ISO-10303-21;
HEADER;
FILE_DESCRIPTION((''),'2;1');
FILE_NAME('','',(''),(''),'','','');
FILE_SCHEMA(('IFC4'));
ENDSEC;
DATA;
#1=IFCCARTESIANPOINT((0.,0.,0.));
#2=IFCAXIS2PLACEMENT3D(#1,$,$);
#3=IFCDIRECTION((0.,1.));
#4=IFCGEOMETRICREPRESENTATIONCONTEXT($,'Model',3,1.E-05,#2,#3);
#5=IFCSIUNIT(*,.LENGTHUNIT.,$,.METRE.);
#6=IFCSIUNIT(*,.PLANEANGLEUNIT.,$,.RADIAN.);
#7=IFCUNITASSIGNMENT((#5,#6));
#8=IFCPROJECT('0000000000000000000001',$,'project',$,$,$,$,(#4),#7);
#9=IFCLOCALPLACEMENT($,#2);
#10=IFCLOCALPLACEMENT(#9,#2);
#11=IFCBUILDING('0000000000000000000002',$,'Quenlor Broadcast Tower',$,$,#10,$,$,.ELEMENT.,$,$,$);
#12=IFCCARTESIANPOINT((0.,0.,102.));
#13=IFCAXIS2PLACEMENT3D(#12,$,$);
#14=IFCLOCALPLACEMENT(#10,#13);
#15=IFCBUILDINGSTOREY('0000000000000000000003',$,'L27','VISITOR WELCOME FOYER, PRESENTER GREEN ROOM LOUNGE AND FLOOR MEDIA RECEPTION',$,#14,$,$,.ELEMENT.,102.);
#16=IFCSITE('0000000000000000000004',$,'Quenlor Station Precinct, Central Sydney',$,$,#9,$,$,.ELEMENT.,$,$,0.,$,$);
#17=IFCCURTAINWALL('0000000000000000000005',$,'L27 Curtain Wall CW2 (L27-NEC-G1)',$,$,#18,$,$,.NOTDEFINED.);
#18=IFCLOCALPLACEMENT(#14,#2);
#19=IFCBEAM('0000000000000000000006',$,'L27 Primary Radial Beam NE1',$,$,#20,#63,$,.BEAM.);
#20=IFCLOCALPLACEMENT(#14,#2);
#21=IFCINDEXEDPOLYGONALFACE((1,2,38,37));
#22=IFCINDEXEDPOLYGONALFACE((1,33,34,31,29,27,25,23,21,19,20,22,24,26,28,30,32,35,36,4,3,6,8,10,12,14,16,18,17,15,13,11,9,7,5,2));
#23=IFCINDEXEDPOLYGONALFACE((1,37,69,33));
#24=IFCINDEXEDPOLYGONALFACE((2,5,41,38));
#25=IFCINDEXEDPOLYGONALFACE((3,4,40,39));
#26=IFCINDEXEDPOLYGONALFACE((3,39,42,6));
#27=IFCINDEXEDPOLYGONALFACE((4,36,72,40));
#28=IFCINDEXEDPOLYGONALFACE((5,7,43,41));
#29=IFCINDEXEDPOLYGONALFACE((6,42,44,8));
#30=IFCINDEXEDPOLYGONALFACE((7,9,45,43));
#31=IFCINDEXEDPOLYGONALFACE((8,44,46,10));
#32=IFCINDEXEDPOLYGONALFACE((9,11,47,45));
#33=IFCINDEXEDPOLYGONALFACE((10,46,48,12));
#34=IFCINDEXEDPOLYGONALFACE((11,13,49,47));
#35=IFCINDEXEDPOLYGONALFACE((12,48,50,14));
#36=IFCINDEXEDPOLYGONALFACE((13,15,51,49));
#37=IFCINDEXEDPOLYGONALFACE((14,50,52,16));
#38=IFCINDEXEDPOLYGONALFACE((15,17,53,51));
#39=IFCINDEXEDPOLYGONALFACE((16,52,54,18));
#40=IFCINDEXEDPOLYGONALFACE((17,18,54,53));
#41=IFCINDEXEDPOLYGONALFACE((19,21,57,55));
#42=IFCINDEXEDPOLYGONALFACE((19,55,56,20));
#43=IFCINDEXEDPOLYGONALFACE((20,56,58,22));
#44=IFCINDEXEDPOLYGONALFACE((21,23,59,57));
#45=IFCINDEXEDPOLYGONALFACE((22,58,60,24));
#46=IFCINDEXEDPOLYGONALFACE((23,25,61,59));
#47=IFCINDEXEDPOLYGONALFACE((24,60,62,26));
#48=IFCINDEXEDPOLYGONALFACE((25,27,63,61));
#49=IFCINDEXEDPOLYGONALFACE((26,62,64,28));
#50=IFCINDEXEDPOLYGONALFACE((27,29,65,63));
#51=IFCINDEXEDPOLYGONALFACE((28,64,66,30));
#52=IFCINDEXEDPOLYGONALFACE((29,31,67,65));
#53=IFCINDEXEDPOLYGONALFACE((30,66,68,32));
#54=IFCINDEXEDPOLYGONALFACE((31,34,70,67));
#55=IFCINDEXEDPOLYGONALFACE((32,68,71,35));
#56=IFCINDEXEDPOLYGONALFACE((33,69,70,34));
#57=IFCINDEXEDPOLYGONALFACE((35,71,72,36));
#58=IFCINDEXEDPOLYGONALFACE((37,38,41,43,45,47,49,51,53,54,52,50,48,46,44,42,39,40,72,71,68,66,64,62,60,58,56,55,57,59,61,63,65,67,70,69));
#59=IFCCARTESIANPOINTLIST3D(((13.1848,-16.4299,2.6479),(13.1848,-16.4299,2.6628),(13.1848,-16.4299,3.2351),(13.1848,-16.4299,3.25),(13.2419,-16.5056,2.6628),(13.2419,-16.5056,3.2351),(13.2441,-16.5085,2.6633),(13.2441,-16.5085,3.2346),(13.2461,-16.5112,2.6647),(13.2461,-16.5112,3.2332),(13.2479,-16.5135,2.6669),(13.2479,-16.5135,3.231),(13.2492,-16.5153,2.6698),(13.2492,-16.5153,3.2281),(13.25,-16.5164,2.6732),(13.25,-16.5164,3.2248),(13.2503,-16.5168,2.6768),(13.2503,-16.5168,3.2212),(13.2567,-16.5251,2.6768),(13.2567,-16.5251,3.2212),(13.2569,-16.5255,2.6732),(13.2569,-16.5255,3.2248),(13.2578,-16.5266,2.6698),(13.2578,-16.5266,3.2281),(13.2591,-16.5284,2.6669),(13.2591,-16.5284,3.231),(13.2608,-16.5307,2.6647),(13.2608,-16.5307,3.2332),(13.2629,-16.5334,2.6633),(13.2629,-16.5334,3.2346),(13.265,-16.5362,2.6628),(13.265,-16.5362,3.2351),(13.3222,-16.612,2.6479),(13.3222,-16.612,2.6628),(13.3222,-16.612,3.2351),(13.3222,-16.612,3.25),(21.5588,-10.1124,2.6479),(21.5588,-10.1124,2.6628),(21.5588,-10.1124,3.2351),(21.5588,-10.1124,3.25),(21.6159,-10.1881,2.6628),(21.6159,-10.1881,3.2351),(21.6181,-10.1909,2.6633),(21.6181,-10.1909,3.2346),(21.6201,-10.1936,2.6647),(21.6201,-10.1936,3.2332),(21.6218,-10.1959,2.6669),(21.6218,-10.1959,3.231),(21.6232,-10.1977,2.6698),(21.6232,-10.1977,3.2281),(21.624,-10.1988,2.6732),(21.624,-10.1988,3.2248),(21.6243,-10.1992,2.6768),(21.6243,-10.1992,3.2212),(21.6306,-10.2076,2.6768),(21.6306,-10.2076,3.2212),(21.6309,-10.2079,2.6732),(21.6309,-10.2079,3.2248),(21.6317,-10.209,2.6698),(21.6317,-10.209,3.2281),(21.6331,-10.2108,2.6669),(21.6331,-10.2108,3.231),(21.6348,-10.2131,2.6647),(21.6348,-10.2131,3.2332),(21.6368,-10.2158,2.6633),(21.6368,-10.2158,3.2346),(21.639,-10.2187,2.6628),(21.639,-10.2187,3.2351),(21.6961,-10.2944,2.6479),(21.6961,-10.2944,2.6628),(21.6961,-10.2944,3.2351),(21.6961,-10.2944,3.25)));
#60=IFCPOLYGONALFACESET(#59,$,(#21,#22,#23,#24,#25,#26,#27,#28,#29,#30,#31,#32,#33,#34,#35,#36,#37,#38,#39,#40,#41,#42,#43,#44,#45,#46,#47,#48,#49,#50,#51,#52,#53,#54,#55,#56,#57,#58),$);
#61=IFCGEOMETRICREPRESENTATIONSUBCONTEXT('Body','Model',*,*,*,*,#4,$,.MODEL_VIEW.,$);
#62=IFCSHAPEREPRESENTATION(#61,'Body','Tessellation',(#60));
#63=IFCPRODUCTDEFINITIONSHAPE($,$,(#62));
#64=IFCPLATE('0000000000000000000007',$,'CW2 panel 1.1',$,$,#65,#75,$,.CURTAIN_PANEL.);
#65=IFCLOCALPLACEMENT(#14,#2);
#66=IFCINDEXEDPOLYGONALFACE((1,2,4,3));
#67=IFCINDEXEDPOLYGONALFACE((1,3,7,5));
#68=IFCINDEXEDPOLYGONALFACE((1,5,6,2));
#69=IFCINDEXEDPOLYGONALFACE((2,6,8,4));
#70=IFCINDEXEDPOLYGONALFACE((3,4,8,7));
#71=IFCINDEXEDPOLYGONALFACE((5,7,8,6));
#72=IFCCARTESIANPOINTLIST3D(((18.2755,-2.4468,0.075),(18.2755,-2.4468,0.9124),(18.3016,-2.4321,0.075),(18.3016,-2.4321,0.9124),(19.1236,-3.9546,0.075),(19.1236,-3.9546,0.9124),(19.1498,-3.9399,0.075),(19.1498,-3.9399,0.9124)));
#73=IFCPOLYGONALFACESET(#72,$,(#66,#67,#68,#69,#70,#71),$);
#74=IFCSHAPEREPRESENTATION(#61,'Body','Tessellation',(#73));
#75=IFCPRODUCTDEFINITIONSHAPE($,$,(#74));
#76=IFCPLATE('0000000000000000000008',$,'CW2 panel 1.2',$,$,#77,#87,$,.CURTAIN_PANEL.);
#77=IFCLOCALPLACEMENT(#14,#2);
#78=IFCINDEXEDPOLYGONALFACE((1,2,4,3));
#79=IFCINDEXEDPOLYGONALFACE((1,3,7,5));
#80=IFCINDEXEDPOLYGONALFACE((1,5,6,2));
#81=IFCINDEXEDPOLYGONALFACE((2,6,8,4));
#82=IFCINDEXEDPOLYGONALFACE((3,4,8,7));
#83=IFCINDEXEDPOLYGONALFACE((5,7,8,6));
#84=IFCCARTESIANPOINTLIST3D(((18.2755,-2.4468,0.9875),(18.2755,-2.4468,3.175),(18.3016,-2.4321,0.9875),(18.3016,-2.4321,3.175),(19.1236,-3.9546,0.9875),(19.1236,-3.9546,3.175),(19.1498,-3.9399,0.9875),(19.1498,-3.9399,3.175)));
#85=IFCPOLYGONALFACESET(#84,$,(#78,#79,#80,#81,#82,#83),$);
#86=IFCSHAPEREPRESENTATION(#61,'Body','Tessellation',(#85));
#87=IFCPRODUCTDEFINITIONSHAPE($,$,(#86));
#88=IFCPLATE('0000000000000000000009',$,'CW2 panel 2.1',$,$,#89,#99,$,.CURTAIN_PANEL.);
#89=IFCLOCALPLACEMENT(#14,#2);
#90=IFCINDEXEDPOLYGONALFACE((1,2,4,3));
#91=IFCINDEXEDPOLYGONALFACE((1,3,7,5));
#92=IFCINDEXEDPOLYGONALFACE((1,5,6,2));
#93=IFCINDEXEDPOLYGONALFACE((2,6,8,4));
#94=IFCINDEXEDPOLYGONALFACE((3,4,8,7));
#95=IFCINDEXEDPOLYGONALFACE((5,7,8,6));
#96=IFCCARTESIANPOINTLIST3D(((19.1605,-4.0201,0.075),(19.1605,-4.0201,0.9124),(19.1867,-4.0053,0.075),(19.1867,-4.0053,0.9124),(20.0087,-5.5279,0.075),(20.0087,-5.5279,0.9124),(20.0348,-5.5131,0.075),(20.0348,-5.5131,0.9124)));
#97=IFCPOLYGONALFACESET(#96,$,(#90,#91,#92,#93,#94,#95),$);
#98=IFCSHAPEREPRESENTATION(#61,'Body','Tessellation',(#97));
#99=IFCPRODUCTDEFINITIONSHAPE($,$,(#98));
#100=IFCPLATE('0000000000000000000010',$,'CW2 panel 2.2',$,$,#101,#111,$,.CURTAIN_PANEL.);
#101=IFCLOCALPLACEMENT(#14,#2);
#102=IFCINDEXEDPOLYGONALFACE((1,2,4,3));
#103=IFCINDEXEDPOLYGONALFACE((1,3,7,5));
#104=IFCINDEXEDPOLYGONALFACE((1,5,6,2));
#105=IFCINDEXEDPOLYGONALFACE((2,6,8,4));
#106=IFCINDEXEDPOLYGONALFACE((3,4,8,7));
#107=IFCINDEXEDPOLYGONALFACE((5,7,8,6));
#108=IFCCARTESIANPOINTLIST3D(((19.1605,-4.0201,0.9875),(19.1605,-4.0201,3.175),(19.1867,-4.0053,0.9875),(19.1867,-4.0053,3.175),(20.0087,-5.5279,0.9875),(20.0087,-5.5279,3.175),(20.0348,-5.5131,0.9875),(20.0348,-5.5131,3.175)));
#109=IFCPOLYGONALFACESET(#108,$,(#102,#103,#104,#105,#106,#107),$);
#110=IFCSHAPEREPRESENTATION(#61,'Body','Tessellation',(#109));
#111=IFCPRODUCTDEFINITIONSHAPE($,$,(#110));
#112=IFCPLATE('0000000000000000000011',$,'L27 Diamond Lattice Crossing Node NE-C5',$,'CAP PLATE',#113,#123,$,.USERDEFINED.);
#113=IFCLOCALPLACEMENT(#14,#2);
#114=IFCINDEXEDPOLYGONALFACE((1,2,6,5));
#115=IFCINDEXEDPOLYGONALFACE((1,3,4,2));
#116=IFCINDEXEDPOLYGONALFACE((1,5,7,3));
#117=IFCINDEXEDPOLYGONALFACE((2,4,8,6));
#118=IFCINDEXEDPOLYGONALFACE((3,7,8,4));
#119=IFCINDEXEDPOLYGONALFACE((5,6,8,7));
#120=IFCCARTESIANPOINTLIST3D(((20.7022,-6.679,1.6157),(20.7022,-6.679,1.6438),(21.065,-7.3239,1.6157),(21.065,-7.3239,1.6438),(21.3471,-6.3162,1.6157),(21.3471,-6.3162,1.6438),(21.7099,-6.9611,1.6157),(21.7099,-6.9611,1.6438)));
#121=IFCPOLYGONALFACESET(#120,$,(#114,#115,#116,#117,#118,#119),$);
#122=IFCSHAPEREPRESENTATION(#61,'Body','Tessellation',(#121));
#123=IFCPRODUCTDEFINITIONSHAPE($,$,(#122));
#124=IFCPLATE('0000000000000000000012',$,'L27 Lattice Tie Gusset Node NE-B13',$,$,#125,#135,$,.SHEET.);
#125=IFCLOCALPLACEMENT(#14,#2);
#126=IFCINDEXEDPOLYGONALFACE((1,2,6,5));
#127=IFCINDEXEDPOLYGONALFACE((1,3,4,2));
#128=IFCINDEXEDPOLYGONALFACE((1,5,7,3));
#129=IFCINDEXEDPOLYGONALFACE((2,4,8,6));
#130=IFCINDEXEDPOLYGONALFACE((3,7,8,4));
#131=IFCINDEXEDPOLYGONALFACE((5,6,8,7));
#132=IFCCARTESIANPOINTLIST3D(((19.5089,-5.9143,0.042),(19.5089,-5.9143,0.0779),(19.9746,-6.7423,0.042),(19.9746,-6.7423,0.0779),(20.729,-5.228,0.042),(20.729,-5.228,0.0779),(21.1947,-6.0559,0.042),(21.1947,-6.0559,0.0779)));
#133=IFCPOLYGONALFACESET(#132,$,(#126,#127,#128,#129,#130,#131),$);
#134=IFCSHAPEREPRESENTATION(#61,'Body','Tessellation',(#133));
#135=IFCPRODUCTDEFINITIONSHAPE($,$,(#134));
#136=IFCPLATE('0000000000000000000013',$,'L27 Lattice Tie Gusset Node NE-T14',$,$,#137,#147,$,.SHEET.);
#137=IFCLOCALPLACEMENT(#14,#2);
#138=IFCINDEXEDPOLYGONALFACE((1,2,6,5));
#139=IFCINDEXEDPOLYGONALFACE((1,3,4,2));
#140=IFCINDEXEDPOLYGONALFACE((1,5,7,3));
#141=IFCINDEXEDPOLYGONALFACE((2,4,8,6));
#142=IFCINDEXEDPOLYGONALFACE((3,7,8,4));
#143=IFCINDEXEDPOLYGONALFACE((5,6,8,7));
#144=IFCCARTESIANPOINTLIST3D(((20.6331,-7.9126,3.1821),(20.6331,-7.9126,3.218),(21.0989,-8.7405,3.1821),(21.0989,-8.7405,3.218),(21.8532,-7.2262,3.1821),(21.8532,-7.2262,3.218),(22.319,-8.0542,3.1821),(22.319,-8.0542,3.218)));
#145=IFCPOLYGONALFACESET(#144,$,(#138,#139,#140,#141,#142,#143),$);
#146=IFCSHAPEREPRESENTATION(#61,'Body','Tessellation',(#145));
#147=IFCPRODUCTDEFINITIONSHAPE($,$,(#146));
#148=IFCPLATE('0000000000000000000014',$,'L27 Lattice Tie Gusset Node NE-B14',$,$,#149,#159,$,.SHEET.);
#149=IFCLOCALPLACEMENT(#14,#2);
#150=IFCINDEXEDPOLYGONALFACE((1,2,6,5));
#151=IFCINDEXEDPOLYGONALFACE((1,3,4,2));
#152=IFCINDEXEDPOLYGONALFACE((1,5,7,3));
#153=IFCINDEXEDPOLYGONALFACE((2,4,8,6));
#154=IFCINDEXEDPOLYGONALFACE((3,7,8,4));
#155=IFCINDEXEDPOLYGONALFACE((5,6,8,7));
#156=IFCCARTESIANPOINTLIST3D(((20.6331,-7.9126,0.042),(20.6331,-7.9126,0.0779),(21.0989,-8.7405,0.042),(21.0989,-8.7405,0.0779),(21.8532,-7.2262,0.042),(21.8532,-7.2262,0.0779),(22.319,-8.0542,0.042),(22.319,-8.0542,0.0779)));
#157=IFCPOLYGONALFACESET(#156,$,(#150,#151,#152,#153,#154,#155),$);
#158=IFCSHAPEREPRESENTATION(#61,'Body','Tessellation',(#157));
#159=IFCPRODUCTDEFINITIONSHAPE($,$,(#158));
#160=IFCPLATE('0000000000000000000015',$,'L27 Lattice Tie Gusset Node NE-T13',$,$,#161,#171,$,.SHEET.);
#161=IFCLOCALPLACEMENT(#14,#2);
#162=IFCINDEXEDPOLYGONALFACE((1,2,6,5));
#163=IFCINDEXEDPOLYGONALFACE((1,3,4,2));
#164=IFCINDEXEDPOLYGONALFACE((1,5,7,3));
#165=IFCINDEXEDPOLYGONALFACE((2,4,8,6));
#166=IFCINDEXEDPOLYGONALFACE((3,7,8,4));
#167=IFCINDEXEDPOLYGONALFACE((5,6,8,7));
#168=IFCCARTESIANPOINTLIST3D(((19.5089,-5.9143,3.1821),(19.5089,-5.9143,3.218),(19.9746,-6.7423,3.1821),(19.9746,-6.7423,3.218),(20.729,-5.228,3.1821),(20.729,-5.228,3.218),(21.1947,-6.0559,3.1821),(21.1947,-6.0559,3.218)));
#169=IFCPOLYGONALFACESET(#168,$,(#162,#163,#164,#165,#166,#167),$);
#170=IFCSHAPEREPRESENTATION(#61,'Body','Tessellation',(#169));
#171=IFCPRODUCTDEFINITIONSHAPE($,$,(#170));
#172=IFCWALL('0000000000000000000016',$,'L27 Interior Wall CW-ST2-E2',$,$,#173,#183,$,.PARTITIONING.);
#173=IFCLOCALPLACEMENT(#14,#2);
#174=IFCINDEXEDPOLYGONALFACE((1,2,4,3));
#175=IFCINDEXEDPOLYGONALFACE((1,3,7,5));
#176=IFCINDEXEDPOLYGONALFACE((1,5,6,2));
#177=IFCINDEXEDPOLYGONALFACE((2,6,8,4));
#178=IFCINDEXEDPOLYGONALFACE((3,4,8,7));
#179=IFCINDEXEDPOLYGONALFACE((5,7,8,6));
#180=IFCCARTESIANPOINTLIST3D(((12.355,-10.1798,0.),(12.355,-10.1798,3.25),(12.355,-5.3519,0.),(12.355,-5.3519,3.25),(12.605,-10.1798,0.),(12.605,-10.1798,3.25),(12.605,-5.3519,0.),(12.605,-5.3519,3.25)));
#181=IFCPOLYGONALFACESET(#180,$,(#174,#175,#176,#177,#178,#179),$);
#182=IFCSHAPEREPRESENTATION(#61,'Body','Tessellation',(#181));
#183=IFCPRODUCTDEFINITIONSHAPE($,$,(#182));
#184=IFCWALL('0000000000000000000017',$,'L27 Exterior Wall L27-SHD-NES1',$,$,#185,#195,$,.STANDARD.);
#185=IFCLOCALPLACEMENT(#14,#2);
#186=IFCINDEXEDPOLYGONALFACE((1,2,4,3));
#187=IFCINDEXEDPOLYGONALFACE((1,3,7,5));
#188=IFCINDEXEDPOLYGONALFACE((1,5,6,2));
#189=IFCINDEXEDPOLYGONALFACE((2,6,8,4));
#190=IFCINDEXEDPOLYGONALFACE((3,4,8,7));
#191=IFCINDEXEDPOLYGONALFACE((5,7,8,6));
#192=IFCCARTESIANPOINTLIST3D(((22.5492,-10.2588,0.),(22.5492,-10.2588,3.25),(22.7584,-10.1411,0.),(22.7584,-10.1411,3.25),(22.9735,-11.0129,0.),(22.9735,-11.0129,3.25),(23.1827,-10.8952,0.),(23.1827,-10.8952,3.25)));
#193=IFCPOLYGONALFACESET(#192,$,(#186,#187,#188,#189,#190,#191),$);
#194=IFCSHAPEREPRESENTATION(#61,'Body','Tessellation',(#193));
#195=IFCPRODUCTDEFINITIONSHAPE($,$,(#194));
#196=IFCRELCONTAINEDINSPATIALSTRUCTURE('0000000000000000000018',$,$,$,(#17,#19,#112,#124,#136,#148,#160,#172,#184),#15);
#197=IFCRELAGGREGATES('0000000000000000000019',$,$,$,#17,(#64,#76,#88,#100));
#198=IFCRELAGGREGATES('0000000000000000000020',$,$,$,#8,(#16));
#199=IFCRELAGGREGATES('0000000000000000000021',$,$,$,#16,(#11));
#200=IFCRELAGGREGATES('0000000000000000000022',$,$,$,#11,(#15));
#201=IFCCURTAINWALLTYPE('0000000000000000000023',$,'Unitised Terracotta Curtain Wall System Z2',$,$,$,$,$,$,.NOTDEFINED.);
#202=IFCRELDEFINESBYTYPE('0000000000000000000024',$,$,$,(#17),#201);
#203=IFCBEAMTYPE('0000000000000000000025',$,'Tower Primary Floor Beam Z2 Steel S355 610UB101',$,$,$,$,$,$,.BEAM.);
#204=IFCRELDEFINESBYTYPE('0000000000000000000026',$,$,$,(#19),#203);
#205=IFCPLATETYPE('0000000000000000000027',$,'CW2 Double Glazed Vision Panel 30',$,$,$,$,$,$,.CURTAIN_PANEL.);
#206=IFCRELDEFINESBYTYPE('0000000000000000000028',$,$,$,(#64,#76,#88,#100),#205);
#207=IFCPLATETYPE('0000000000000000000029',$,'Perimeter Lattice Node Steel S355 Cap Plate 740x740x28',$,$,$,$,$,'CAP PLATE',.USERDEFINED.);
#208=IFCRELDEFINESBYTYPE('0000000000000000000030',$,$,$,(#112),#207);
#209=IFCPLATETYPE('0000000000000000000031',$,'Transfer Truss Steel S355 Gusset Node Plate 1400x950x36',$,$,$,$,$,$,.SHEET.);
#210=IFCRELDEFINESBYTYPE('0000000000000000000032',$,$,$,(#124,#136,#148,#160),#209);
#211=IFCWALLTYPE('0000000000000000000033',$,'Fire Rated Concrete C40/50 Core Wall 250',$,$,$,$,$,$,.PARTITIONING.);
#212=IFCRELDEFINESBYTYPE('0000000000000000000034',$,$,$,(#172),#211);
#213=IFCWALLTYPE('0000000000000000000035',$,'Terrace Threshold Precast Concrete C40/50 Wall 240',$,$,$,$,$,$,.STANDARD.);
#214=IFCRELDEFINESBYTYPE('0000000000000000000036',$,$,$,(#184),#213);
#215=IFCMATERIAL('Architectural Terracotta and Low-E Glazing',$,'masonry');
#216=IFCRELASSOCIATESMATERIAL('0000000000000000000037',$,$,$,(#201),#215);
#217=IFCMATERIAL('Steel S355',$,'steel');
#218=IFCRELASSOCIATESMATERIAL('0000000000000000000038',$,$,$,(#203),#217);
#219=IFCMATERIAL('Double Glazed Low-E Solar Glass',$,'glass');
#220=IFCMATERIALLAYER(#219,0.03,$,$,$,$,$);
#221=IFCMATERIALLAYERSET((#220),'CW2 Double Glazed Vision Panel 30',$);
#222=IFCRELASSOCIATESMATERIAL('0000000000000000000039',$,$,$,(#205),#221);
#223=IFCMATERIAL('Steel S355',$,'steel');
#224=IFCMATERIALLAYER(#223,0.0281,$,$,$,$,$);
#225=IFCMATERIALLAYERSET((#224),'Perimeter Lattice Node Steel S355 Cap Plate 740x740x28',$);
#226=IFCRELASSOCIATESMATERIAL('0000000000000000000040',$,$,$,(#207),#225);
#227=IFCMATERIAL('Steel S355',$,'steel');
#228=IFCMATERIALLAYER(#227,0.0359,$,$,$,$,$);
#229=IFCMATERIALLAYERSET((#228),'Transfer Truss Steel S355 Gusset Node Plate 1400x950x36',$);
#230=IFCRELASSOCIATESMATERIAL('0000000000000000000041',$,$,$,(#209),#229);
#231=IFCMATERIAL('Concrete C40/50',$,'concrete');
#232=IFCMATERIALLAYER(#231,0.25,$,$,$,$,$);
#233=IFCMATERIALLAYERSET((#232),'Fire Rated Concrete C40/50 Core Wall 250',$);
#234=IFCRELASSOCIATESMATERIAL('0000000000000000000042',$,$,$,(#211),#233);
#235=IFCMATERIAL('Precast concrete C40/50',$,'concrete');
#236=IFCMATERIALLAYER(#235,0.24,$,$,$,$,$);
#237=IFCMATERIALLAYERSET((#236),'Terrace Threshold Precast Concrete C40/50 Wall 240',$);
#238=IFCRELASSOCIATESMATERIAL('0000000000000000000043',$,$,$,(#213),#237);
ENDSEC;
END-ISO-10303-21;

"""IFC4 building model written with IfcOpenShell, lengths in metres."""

from ifc_helpers import new_model, si_unit, direction, frame, frame_2d, origin, origin_2d, place, context, subcontext, project, spatial, rectangle, i_section, extrude, material, layer, layer_set, material_profile, profile_set, type_object, element, aggregate, save


model = new_model("IFC4")

# Units and contexts
model_context = context("Model", 3, precision=1e-05, world=origin(), true_north=direction((0.0, 1.0)))
body_context = subcontext(model_context, "Body", "Model", "MODEL_VIEW")
ifc_project = project(units=[si_unit("LENGTHUNIT", "METRE"), si_unit("PLANEANGLEUNIT", "RADIAN")], contexts=[model_context])

# Site, building, storey
site_placement = place(None, origin())
site = spatial("IfcSite", under=ifc_project, at=site_placement, Name="Quenlor Station Precinct, Central Sydney", CompositionType="ELEMENT", RefElevation=0.0)
building_placement = place(site_placement, origin())
building = spatial("IfcBuilding", under=site, at=building_placement, Name="Quenlor Broadcast Tower", CompositionType="ELEMENT")
storey_placement = place(building_placement, frame((0.0, 0.0, 102.0)))
storey = spatial("IfcBuildingStorey", under=building, at=storey_placement, Name="L27", Description="VISITOR WELCOME FOYER, PRESENTER GREEN ROOM LOUNGE AND FLOOR MEDIA RECEPTION", CompositionType="ELEMENT", Elevation=102.0)

# Curtain wall
ifc_material_1 = material(Name="Architectural Terracotta and Low-E Glazing", Category="masonry")
curtain_wall_type = type_object("IfcCurtainWallType", Name="Unitised Terracotta Curtain Wall System Z2", PredefinedType="NOTDEFINED", material=ifc_material_1)
curtain_wall_placement = place(storey_placement, origin())
curtain_wall = element("IfcCurtainWall", 1, at=curtain_wall_placement, inside=storey, type_object=curtain_wall_type, Name="L27 Curtain Wall CW2 (L27-NEC-G1)", PredefinedType="NOTDEFINED")

# Beam
ifc_material_2 = material(Name="Steel S355", Category="steel")
ifc_material_profile_1 = material_profile(ifc_material_2, i_section(OverallWidth=0.228, OverallDepth=0.6021, WebThickness=0.0105, FlangeThickness=0.0149, FilletRadius=0.0139, at=origin_2d()))
ifc_profile_set_1 = profile_set([ifc_material_profile_1], Name="Steel S355 610UB101")
beam_type_1 = type_object("IfcBeamType", Name="Tower Primary Floor Beam Z2 Steel S355 610UB101", PredefinedType="BEAM", material=ifc_profile_set_1)
beam_1_placement = place(storey_placement, frame((21.6274, -10.2034, 2.949), z_axis=(-0.798299, -0.602262, 0.0), x_axis=(0.602262, -0.798299, 0.0)))
element("IfcBeam", 2, at=beam_1_placement, inside=storey, type_object=beam_type_1, Name="L27 Primary Radial Beam NE1", PredefinedType="BEAM", context=body_context, shape_type="SweptSolid", body=[
    extrude(i_section(OverallWidth=0.228, OverallDepth=0.6021, WebThickness=0.0105, FlangeThickness=0.0149, FilletRadius=0.0139, at=origin_2d()), origin(), (0.0, 0.0, 1.0), 10.4897),
])

# Plates
ifc_material_3 = material(Name="Double Glazed Low-E Solar Glass", Category="glass")
ifc_layer_1 = layer(ifc_material_3, 0.03)
ifc_layer_set_1 = layer_set([ifc_layer_1], Name="CW2 Double Glazed Vision Panel 30")
plate_type_1 = type_object("IfcPlateType", Name="CW2 Double Glazed Vision Panel 30", PredefinedType="CURTAIN_PANEL", material=ifc_layer_set_1)
plate_1_placement = place(storey_placement, frame((18.7126, -3.1934, 0.075), z_axis=(0.0, 0.0, 1.0), x_axis=(0.490277, -0.871567, 0.0)))
plate_1 = element("IfcPlate", 3, at=plate_1_placement, type_object=plate_type_1, Name="CW2 panel 1.1", PredefinedType="CURTAIN_PANEL", context=body_context, shape_type="SweptSolid", body=[
    extrude(rectangle(XDim=1.73, YDim=0.03, at=origin_2d()), origin(), (0.0, 0.0, 1.0), 0.8374),
])
plate_2_placement = place(storey_placement, frame((18.7126, -3.1934, 0.9875), z_axis=(0.0, 0.0, 1.0), x_axis=(0.490277, -0.871567, 0.0)))
plate_2 = element("IfcPlate", 4, at=plate_2_placement, type_object=plate_type_1, Name="CW2 panel 1.2", PredefinedType="CURTAIN_PANEL", context=body_context, shape_type="SweptSolid", body=[
    extrude(rectangle(XDim=1.73, YDim=0.03, at=origin_2d()), origin(), (0.0, 0.0, 1.0), 2.1875),
])
plate_3_placement = place(storey_placement, frame((19.5977, -4.7666, 0.075), z_axis=(0.0, 0.0, 1.0), x_axis=(0.490277, -0.871567, 0.0)))
plate_3 = element("IfcPlate", 5, at=plate_3_placement, type_object=plate_type_1, Name="CW2 panel 2.1", PredefinedType="CURTAIN_PANEL", context=body_context, shape_type="SweptSolid", body=[
    extrude(rectangle(XDim=1.73, YDim=0.03, at=origin_2d()), origin(), (0.0, 0.0, 1.0), 0.8374),
])
plate_4_placement = place(storey_placement, frame((19.5977, -4.7666, 0.9875), z_axis=(0.0, 0.0, 1.0), x_axis=(0.490277, -0.871567, 0.0)))
plate_4 = element("IfcPlate", 6, at=plate_4_placement, type_object=plate_type_1, Name="CW2 panel 2.2", PredefinedType="CURTAIN_PANEL", context=body_context, shape_type="SweptSolid", body=[
    extrude(rectangle(XDim=1.73, YDim=0.03, at=origin_2d()), origin(), (0.0, 0.0, 1.0), 2.1875),
])
aggregate(curtain_wall, [plate_1, plate_2, plate_3, plate_4])

# Plates
ifc_material_4 = material(Name="Steel S355", Category="steel")
ifc_layer_2 = layer(ifc_material_4, 0.0281)
ifc_layer_set_2 = layer_set([ifc_layer_2], Name="Perimeter Lattice Node Steel S355 Cap Plate 740x740x28")
plate_type_2 = type_object("IfcPlateType", Name="Perimeter Lattice Node Steel S355 Cap Plate 740x740x28", ElementType="CAP PLATE", PredefinedType="USERDEFINED", material=ifc_layer_set_2)
plate_5_placement = place(storey_placement, frame((21.2061, -6.8201, 1.6157), z_axis=(0.0, 0.0, 1.0), x_axis=(0.490295, -0.871556, 0.0)))
element("IfcPlate", 7, at=plate_5_placement, inside=storey, type_object=plate_type_2, Name="L27 Diamond Lattice Crossing Node NE-C5", ObjectType="CAP PLATE", PredefinedType="USERDEFINED", context=body_context, shape_type="SweptSolid", body=[
    extrude(rectangle(XDim=0.74, YDim=0.74, at=origin_2d()), origin(), (0.0, 0.0, 1.0), 0.0281),
])
ifc_material_5 = material(Name="Steel S355", Category="steel")
ifc_layer_3 = layer(ifc_material_5, 0.0359)
ifc_layer_set_3 = layer_set([ifc_layer_3], Name="Transfer Truss Steel S355 Gusset Node Plate 1400x950x36")
plate_type_3 = type_object("IfcPlateType", Name="Transfer Truss Steel S355 Gusset Node Plate 1400x950x36", PredefinedType="SHEET", material=ifc_layer_set_3)
for number, where, z_axis, x_axis, name in (
    (8, (20.3518, -5.9851, 0.042), (0.0, 0.0, 1.0), (0.871556, 0.490295, 0.0), "L27 Lattice Tie Gusset Node NE-B13"),
    (9, (21.4761, -7.9834, 3.1821), (0.0, 0.0, 1.0), (0.871556, 0.490295, 0.0), "L27 Lattice Tie Gusset Node NE-T14"),
    (10, (21.4761, -7.9834, 0.042), (0.0, 0.0, 1.0), (0.871556, 0.490295, 0.0), "L27 Lattice Tie Gusset Node NE-B14"),
    (11, (20.3518, -5.9851, 3.1821), (0.0, 0.0, 1.0), (0.871556, 0.490295, 0.0), "L27 Lattice Tie Gusset Node NE-T13"),
):
    element("IfcPlate", number, at=place(storey_placement, frame(where, z_axis=z_axis, x_axis=x_axis)), inside=storey, type_object=plate_type_3, Name=name, PredefinedType="SHEET", context=body_context, shape_type="SweptSolid", body=[
        extrude(rectangle(XDim=1.3999, YDim=0.95, at=origin_2d()), origin(), (0.0, 0.0, 1.0), 0.0359),
    ])

# Wall
ifc_material_6 = material(Name="Concrete C40/50", Category="concrete")
ifc_layer_4 = layer(ifc_material_6, 0.25)
ifc_layer_set_4 = layer_set([ifc_layer_4], Name="Fire Rated Concrete C40/50 Core Wall 250")
wall_type_1 = type_object("IfcWallType", Name="Fire Rated Concrete C40/50 Core Wall 250", PredefinedType="PARTITIONING", material=ifc_layer_set_4)
wall_1_placement = place(storey_placement, frame((12.48, -10.1799, 0.0), z_axis=(0.0, 0.0, 1.0), x_axis=(0.0, 1.0, 0.0)))
element("IfcWall", 12, at=wall_1_placement, inside=storey, type_object=wall_type_1, Name="L27 Interior Wall CW-ST2-E2", PredefinedType="PARTITIONING", context=body_context, shape_type="SweptSolid", body=[
    extrude(rectangle(XDim=4.8279, YDim=0.25, at=frame_2d((2.4141, 0.0))), origin(), (0.0, 0.0, 1.0), 3.25),
])

# Wall
ifc_material_7 = material(Name="Precast concrete C40/50", Category="concrete")
ifc_layer_5 = layer(ifc_material_7, 0.24)
ifc_layer_set_5 = layer_set([ifc_layer_5], Name="Terrace Threshold Precast Concrete C40/50 Wall 240")
wall_type_2 = type_object("IfcWallType", Name="Terrace Threshold Precast Concrete C40/50 Wall 240", PredefinedType="STANDARD", material=ifc_layer_set_5)
wall_2_placement = place(storey_placement, frame((22.6538, -10.2, 0.0), z_axis=(0.0, 0.0, 1.0), x_axis=(0.490355, -0.871523, 0.0)))
element("IfcWall", 13, at=wall_2_placement, inside=storey, type_object=wall_type_2, Name="L27 Exterior Wall L27-SHD-NES1", PredefinedType="STANDARD", context=body_context, shape_type="SweptSolid", body=[
    extrude(rectangle(XDim=0.8652, YDim=0.24, at=frame_2d((0.4326, 0.0))), origin(), (0.0, 0.0, 1.0), 3.25),
])

save(model, "model.ifc")
